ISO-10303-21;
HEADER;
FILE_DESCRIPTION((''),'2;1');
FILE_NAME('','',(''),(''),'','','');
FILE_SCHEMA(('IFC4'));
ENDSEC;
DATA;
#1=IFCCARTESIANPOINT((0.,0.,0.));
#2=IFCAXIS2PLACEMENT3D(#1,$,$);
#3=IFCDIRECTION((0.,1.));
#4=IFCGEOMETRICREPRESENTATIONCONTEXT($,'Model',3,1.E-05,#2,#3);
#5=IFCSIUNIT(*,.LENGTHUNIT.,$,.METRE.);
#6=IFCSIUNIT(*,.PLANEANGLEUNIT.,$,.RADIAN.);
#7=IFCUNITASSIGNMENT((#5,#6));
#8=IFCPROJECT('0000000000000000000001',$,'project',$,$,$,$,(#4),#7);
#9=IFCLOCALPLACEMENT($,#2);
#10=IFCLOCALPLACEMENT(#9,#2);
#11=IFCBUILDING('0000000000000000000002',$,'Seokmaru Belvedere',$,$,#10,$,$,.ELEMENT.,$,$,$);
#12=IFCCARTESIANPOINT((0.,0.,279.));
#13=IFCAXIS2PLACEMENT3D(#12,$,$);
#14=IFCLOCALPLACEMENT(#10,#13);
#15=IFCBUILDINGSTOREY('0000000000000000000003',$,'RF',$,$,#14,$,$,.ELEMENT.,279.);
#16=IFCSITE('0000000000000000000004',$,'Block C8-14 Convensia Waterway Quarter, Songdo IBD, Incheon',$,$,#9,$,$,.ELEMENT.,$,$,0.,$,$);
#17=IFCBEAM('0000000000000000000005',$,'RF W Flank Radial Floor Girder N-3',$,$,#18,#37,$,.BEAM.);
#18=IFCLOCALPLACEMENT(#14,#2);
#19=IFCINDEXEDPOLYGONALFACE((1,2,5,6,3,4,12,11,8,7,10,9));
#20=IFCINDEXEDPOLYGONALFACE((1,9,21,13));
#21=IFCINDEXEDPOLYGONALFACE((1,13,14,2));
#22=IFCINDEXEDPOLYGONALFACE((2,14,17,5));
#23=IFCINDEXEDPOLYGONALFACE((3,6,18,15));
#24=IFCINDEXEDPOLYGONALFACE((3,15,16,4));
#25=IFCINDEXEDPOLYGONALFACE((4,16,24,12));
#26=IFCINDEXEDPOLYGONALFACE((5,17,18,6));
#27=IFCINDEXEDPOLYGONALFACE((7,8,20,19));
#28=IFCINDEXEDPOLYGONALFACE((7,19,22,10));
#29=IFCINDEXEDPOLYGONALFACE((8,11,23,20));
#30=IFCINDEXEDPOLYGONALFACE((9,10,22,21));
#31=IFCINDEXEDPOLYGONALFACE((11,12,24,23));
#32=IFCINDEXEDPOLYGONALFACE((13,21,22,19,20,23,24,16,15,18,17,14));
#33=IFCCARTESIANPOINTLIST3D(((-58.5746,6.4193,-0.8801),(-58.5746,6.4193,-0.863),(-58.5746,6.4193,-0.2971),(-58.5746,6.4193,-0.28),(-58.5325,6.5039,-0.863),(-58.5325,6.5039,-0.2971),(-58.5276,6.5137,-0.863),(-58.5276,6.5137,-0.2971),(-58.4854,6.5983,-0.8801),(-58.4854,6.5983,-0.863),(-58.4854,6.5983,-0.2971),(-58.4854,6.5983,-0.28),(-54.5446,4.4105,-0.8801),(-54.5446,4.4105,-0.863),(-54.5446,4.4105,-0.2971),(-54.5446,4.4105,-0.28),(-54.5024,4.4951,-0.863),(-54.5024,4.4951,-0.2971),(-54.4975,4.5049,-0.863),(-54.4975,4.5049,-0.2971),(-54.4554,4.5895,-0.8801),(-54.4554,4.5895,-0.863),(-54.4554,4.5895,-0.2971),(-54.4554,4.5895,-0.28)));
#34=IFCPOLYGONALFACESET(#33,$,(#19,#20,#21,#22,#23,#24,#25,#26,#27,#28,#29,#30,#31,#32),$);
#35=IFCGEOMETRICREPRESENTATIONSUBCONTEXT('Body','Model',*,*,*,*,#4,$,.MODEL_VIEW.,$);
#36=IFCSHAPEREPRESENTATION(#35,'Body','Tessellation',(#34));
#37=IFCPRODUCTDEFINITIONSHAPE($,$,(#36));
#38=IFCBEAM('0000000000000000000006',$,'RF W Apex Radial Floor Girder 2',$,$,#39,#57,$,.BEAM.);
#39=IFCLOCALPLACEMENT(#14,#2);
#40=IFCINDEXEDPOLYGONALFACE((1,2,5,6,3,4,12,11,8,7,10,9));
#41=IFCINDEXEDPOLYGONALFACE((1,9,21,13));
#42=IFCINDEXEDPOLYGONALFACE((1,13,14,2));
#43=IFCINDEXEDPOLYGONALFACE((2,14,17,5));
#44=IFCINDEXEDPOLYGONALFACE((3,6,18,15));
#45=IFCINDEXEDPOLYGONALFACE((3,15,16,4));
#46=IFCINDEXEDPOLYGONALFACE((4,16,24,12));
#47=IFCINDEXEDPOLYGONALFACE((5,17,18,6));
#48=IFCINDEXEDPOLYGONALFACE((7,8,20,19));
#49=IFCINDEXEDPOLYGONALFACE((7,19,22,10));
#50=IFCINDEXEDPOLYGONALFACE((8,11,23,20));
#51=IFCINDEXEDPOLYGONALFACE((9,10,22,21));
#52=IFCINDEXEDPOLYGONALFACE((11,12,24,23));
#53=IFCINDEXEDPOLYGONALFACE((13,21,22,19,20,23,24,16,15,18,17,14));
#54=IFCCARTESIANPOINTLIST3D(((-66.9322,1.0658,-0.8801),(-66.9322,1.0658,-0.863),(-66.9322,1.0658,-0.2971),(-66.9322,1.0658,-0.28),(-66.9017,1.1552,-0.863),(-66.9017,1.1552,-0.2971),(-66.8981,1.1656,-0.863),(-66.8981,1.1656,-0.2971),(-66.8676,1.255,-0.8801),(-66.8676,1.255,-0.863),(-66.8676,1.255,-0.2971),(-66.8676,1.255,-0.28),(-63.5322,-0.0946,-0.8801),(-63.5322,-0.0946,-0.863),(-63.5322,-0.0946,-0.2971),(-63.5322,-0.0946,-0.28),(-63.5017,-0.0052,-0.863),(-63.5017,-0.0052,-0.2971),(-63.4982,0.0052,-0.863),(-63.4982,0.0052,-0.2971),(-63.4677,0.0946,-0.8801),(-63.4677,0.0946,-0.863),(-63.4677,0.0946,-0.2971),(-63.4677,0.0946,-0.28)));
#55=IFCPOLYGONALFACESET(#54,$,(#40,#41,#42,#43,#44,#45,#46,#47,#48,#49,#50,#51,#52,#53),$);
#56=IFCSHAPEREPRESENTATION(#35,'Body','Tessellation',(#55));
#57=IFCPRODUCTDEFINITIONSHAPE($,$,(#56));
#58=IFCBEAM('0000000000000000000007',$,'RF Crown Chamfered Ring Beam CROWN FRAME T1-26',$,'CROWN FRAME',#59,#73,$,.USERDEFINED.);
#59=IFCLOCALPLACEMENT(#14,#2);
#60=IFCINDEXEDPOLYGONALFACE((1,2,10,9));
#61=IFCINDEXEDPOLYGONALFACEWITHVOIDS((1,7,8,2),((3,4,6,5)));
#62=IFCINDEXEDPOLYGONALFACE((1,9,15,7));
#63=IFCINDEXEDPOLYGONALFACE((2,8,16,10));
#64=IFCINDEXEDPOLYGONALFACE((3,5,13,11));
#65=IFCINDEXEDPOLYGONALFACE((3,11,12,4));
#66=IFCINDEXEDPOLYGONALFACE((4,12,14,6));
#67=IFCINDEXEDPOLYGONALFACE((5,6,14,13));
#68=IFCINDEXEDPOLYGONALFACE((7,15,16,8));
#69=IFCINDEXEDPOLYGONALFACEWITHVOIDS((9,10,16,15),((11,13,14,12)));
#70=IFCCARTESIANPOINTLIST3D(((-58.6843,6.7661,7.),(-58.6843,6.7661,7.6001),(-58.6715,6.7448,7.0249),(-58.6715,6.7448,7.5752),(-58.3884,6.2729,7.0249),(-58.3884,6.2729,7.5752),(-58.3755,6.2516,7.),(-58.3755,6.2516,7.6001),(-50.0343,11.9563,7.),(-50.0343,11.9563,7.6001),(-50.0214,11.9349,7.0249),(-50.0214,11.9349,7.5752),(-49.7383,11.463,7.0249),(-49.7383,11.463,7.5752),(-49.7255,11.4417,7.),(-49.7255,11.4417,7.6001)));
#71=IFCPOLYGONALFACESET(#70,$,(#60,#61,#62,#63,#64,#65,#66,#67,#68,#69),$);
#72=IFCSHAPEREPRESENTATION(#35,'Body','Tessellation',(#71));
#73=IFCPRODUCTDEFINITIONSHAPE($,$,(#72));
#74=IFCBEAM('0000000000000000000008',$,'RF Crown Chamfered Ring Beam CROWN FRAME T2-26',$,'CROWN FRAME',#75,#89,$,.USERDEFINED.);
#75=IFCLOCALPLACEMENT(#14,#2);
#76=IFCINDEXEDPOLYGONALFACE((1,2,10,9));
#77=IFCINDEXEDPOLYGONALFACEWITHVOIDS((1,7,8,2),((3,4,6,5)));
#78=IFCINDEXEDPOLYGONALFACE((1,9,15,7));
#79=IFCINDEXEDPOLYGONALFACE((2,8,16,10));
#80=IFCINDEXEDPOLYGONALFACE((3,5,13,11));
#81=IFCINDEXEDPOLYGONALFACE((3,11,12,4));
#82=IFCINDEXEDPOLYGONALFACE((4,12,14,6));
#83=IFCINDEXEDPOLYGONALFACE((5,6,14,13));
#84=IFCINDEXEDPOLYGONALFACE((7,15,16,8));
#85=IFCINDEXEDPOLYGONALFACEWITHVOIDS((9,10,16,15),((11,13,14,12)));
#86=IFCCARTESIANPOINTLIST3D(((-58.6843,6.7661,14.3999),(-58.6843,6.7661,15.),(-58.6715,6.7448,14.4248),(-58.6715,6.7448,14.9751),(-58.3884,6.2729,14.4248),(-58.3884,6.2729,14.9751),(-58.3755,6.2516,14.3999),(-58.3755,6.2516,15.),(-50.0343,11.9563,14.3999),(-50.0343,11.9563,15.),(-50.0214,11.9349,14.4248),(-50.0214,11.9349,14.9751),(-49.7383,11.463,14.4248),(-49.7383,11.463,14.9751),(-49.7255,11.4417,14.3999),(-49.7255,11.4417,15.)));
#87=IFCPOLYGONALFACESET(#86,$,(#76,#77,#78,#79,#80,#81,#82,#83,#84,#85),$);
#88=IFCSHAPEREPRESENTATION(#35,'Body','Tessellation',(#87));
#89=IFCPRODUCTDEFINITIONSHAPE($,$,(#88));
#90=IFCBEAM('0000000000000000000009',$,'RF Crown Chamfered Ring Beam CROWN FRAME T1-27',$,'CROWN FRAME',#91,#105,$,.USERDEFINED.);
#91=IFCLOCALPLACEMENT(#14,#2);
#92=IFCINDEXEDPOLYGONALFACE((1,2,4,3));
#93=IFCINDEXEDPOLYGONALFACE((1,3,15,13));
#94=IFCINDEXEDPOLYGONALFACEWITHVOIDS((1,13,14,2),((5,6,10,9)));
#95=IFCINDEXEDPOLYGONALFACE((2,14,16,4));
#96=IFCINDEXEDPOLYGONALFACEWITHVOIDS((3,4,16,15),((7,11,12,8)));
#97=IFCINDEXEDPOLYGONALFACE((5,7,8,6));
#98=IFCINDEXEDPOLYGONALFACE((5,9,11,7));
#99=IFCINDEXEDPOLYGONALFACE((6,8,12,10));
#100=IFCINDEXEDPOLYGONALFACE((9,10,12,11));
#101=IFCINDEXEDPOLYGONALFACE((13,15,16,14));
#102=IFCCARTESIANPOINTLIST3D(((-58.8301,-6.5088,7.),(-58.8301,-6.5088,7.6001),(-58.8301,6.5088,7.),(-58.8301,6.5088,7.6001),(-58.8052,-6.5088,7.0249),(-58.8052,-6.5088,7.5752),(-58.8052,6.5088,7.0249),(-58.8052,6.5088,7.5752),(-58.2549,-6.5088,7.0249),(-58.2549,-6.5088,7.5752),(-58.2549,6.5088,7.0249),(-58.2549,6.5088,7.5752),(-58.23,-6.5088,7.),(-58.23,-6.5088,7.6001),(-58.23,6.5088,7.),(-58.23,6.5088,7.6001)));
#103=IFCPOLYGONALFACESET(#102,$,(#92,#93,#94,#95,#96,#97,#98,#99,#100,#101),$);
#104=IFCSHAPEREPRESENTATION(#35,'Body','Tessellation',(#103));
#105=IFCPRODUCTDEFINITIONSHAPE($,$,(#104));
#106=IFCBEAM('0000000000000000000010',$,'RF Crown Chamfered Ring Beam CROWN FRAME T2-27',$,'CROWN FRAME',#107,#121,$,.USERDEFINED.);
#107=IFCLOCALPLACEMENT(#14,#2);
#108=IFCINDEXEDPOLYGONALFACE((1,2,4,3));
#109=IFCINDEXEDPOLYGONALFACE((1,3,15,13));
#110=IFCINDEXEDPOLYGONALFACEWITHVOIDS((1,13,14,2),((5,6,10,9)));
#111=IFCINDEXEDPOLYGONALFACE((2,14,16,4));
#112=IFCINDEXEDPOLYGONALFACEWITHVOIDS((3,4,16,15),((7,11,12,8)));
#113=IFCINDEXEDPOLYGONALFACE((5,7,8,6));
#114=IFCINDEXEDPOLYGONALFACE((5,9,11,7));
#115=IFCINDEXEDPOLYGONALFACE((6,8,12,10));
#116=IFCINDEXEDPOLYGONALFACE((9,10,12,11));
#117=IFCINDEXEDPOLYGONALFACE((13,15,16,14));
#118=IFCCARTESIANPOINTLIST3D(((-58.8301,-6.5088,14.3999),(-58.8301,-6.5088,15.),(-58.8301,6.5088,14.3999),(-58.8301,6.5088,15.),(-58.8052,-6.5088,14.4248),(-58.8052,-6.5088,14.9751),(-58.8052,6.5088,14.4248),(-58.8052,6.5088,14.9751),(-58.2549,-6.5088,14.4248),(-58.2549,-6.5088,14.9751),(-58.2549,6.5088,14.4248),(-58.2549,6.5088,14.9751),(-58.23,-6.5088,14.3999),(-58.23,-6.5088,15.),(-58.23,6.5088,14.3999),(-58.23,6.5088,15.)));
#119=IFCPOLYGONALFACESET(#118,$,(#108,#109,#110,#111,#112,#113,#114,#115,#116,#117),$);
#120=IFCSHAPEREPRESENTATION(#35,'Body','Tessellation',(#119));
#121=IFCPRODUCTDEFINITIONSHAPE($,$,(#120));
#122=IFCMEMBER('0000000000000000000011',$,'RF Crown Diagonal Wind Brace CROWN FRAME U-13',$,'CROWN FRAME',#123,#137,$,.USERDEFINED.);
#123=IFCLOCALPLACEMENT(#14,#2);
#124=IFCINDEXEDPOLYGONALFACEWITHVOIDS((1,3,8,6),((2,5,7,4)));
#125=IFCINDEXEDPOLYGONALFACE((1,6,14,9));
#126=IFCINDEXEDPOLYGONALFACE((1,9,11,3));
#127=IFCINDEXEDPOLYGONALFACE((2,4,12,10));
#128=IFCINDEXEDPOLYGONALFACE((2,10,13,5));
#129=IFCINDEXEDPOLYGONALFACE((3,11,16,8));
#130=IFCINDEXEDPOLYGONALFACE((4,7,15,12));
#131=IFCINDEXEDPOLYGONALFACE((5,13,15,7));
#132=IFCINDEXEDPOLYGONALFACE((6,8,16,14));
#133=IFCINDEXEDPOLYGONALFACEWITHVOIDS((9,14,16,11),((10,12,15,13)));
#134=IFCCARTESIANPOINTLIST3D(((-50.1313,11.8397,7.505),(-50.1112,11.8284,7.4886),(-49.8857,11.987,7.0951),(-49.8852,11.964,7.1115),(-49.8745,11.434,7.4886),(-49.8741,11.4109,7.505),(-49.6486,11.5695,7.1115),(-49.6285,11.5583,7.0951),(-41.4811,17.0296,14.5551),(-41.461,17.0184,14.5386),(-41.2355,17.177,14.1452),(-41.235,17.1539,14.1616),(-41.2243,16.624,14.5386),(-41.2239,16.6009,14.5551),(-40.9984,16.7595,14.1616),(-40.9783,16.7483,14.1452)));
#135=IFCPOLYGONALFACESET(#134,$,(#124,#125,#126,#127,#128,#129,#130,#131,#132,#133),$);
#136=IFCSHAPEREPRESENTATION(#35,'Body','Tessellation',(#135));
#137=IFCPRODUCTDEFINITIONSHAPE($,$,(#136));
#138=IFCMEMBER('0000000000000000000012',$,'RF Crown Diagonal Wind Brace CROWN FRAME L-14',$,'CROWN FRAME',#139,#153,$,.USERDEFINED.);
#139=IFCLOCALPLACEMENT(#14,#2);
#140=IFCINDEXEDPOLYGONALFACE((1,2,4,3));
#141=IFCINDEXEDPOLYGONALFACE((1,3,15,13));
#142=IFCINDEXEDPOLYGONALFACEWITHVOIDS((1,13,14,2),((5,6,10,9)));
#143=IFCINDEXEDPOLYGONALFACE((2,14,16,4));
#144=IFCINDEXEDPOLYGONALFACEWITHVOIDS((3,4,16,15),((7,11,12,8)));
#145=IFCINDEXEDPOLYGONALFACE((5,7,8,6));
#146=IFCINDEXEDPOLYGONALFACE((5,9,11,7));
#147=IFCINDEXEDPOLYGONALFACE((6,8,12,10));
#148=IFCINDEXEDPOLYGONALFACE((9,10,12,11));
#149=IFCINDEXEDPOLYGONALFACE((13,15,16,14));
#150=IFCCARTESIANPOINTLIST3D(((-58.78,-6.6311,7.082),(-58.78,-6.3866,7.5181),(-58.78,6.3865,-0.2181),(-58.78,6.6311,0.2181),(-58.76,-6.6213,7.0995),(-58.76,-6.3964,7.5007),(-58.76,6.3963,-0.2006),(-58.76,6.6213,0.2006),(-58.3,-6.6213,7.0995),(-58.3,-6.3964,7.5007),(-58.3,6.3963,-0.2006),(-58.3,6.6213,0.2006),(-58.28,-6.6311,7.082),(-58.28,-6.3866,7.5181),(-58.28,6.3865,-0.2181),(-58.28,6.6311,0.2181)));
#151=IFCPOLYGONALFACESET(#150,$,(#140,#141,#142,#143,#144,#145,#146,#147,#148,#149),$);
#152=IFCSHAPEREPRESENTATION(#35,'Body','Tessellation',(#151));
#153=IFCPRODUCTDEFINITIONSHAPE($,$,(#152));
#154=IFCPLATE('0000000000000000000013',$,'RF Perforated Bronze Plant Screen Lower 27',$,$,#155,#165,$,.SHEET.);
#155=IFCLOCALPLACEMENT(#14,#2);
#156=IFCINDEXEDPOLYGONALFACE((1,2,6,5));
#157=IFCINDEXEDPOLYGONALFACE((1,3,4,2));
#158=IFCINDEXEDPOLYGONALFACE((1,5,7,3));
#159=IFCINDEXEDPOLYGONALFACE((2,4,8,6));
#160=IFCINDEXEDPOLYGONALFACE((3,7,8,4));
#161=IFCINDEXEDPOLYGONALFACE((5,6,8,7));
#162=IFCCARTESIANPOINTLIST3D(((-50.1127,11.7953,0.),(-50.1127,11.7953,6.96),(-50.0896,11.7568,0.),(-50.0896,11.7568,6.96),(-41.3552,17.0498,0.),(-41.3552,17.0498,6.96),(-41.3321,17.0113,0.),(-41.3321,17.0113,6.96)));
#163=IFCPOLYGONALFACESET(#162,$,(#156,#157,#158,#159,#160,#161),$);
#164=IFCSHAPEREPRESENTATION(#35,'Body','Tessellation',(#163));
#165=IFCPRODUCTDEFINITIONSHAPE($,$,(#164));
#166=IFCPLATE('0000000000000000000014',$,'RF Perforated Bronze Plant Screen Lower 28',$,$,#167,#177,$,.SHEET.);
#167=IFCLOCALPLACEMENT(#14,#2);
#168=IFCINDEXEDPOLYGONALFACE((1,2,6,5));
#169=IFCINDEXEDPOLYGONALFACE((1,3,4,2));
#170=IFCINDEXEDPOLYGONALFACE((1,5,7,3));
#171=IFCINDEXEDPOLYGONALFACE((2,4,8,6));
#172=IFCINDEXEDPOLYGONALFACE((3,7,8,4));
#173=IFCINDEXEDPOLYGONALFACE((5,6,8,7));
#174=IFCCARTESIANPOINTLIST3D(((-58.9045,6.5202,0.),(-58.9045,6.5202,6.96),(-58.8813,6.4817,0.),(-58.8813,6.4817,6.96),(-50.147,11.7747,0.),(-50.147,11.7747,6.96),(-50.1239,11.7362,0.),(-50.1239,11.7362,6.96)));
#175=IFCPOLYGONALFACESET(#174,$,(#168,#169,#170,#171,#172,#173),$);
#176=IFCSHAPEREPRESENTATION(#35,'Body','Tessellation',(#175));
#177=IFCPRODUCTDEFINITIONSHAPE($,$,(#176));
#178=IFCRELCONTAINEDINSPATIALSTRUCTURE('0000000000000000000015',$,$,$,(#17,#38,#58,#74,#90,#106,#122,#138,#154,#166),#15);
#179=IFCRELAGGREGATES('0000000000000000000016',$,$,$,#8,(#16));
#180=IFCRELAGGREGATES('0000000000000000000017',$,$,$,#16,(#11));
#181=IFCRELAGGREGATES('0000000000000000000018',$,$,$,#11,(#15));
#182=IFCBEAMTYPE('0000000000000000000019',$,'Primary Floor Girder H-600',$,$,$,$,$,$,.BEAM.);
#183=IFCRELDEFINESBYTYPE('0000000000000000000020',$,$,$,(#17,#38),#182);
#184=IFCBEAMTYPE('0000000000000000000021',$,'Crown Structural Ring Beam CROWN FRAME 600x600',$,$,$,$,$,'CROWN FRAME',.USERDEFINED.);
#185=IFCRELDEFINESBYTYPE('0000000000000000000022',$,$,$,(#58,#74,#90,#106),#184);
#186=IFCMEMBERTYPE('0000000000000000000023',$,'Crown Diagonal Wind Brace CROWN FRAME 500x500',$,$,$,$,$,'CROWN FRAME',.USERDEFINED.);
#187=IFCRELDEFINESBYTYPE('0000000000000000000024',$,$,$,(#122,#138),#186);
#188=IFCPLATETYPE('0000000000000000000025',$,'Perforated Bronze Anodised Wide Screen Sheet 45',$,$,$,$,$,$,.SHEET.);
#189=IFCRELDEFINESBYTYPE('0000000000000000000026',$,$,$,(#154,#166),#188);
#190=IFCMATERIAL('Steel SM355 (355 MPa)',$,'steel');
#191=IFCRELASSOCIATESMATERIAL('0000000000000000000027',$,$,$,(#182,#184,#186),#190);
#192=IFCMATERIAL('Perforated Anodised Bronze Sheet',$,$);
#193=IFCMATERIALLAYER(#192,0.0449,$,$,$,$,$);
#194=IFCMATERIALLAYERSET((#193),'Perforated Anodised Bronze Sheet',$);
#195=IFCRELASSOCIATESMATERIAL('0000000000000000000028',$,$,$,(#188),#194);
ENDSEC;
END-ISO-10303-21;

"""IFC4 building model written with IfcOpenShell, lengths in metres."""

from ifc_helpers import new_model, si_unit, direction, frame, origin, origin_2d, place, context, subcontext, project, spatial, rectangle, hollow_rectangle, i_section, extrude, source, transform, mapped, material, layer, layer_set, material_profile, profile_set, type_object, type_shapes, element, save


model = new_model("IFC4")

# Units and contexts
model_context = context("Model", 3, precision=1e-05, world=origin(), true_north=direction((0.0, 1.0)))
body_context = subcontext(model_context, "Body", "Model", "MODEL_VIEW")
ifc_project = project(units=[si_unit("LENGTHUNIT", "METRE"), si_unit("PLANEANGLEUNIT", "RADIAN")], contexts=[model_context])

# Site, building, storey
site_placement = place(None, origin())
site = spatial("IfcSite", under=ifc_project, at=site_placement, Name="Block C8-14 Convensia Waterway Quarter, Songdo IBD, Incheon", CompositionType="ELEMENT", RefElevation=0.0)
building_placement = place(site_placement, origin())
building = spatial("IfcBuilding", under=site, at=building_placement, Name="Seokmaru Belvedere", CompositionType="ELEMENT")
storey_placement = place(building_placement, frame((0.0, 0.0, 279.0)))
storey = spatial("IfcBuildingStorey", under=building, at=storey_placement, Name="RF", CompositionType="ELEMENT", Elevation=279.0)

# Shared definitions
ifc_material_1 = material(Name="Steel SM355 (355 MPa)", Category="steel")

# Beams
ifc_material_profile_1 = material_profile(ifc_material_1, i_section(OverallWidth=0.2, OverallDepth=0.6001, WebThickness=0.011, FlangeThickness=0.0171, at=origin_2d()), Name="H-600x200x11x17")
ifc_profile_set_1 = profile_set([ifc_material_profile_1], Name="Steel SM355 (355 MPa)")
beam_type_1 = type_object("IfcBeamType", Name="Primary Floor Girder H-600", PredefinedType="BEAM", material=ifc_profile_set_1)
shared_shape_1 = source(origin(), body_context, "Body", "SweptSolid", [
    extrude(i_section(OverallWidth=0.2, OverallDepth=0.6001, WebThickness=0.011, FlangeThickness=0.0171, at=origin_2d()), origin(), (0.0, 0.0, 1.0), 4.5029),
])
beam_1_placement = place(storey_placement, frame((-58.53, 6.5088, -0.5801), z_axis=(0.89498, -0.446107, 0.0), x_axis=(0.446107, 0.89498, 0.0)))
element("IfcBeam", 1, at=beam_1_placement, inside=storey, type_object=beam_type_1, Name="RF W Flank Radial Floor Girder N-3", PredefinedType="BEAM", context=body_context, shape_type="MappedRepresentation", body=[
    mapped(shared_shape_1, transform((0.0, 0.0, 0.0), scale=1.0)),
])
shared_shape_2 = source(origin(), body_context, "Body", "SweptSolid", [
    extrude(i_section(OverallWidth=0.2, OverallDepth=0.6001, WebThickness=0.011, FlangeThickness=0.0171, at=origin_2d()), origin(), (0.0, 0.0, 1.0), 3.5925),
])
beam_2_placement = place(storey_placement, frame((-66.8999, 1.1604, -0.5801), z_axis=(0.946396, -0.323009, 0.0), x_axis=(0.323009, 0.946396, 0.0)))
element("IfcBeam", 2, at=beam_2_placement, inside=storey, type_object=beam_type_1, Name="RF W Apex Radial Floor Girder 2", PredefinedType="BEAM", context=body_context, shape_type="MappedRepresentation", body=[
    mapped(shared_shape_2, transform((0.0, 0.0, 0.0), scale=1.0)),
])
ifc_material_profile_2 = material_profile(ifc_material_1, hollow_rectangle(XDim=0.6001, YDim=0.6001, WallThickness=0.0249, at=origin_2d()), Name="HSS-600x600x25")
ifc_profile_set_2 = profile_set([ifc_material_profile_2], Name="Steel SM355 (355 MPa)")
beam_type_2 = type_object("IfcBeamType", Name="Crown Structural Ring Beam CROWN FRAME 600x600", ElementType="CROWN FRAME", PredefinedType="USERDEFINED", material=ifc_profile_set_2)
shared_shape_3 = source(origin(), body_context, "Body", "SweptSolid", [
    extrude(hollow_rectangle(XDim=0.6001, YDim=0.6001, WallThickness=0.0249, at=origin_2d()), origin(), (0.0, 0.0, 1.0), 10.0876),
])
for number, where, z_axis, x_axis, name in (
    (3, (-49.8799, 11.699, 7.3), (-0.857489, -0.514503, 0.0), (0.514503, -0.857489, 0.0), "RF Crown Chamfered Ring Beam CROWN FRAME T1-26"),
    (4, (-49.8799, 11.699, 14.7), (-0.857489, -0.514503, 0.0), (0.514503, -0.857489, 0.0), "RF Crown Chamfered Ring Beam CROWN FRAME T2-26"),
):
    element("IfcBeam", number, at=place(storey_placement, frame(where, z_axis=z_axis, x_axis=x_axis)), inside=storey, type_object=beam_type_2, Name=name, ObjectType="CROWN FRAME", PredefinedType="USERDEFINED", context=body_context, shape_type="MappedRepresentation", body=[
        mapped(shared_shape_3, transform((0.0, 0.0, 0.0), scale=1.0)),
    ])
shared_shape_4 = source(origin(), body_context, "Body", "SweptSolid", [
    extrude(hollow_rectangle(XDim=0.6001, YDim=0.6001, WallThickness=0.0249, at=origin_2d()), origin(), (0.0, 0.0, 1.0), 13.0176),
])
type_shapes(beam_type_2, [shared_shape_3, shared_shape_4])
for number, where, z_axis, x_axis, name in (
    (5, (-58.53, 6.5088, 7.3), (0.0, -1.0, 0.0), (1.0, 0.0, 0.0), "RF Crown Chamfered Ring Beam CROWN FRAME T1-27"),
    (6, (-58.53, 6.5088, 14.7), (0.0, -1.0, 0.0), (1.0, 0.0, 0.0), "RF Crown Chamfered Ring Beam CROWN FRAME T2-27"),
):
    element("IfcBeam", number, at=place(storey_placement, frame(where, z_axis=z_axis, x_axis=x_axis)), inside=storey, type_object=beam_type_2, Name=name, ObjectType="CROWN FRAME", PredefinedType="USERDEFINED", context=body_context, shape_type="MappedRepresentation", body=[
        mapped(shared_shape_4, transform((0.0, 0.0, 0.0), scale=1.0)),
    ])

# Members
ifc_material_profile_3 = material_profile(ifc_material_1, hollow_rectangle(XDim=0.5, YDim=0.5, WallThickness=0.02, at=origin_2d()), Name="HSS-500x500x20")
ifc_profile_set_3 = profile_set([ifc_material_profile_3], Name="Steel SM355 (355 MPa)")
member_type = type_object("IfcMemberType", Name="Crown Diagonal Wind Brace CROWN FRAME 500x500", ElementType="CROWN FRAME", PredefinedType="USERDEFINED", material=ifc_profile_set_3)
shared_shape_5 = source(origin(), body_context, "Body", "SweptSolid", [
    extrude(hollow_rectangle(XDim=0.5, YDim=0.5, WallThickness=0.02, at=origin_2d()), origin(), (0.0, 0.0, 1.0), 12.3071),
])
member_1_placement = place(storey_placement, frame((-49.8799, 11.699, 7.3), z_axis=(0.702861, 0.421704, 0.572846), x_axis=(-0.514485, 0.857499, 0.0)))
element("IfcMember", 7, at=member_1_placement, inside=storey, type_object=member_type, Name="RF Crown Diagonal Wind Brace CROWN FRAME U-13", ObjectType="CROWN FRAME", PredefinedType="USERDEFINED", context=body_context, shape_type="MappedRepresentation", body=[
    mapped(shared_shape_5, transform((0.0, 0.0, 0.0), scale=1.0)),
])
shared_shape_6 = source(origin(), body_context, "Body", "SweptSolid", [
    extrude(hollow_rectangle(XDim=0.5, YDim=0.5, WallThickness=0.02, at=origin_2d()), origin(), (0.0, 0.0, 1.0), 14.9248),
])
type_shapes(member_type, [shared_shape_5, shared_shape_6])
member_2_placement = place(storey_placement, frame((-58.53, 6.5088, 0.0), z_axis=(0.0, -0.872214, 0.489124), x_axis=(1.0, 0.0, 0.0)))
element("IfcMember", 8, at=member_2_placement, inside=storey, type_object=member_type, Name="RF Crown Diagonal Wind Brace CROWN FRAME L-14", ObjectType="CROWN FRAME", PredefinedType="USERDEFINED", context=body_context, shape_type="MappedRepresentation", body=[
    mapped(shared_shape_6, transform((0.0, 0.0, 0.0), scale=1.0)),
])

# Plates
ifc_material_2 = material(Name="Perforated Anodised Bronze Sheet")
ifc_layer_1 = layer(ifc_material_2, 0.0449)
ifc_layer_set_1 = layer_set([ifc_layer_1], Name="Perforated Anodised Bronze Sheet")
plate_type_1 = type_object("IfcPlateType", Name="Perforated Bronze Anodised Wide Screen Sheet 45", PredefinedType="SHEET", material=ifc_layer_set_1)
shared_shape_7 = source(origin(), body_context, "Body", "SweptSolid", [
    extrude(rectangle(XDim=10.2129, YDim=0.0449, at=origin_2d()), origin(), (0.0, 0.0, 1.0), 6.96),
])
for number, where, z_axis, x_axis, name in (
    (9, (-45.7224, 14.4033, 0.0), (0.0, 0.0, 1.0), (-0.857493, -0.514496, 0.0), "RF Perforated Bronze Plant Screen Lower 27"),
    (10, (-54.5142, 9.1282, 0.0), (0.0, 0.0, 1.0), (-0.857493, -0.514496, 0.0), "RF Perforated Bronze Plant Screen Lower 28"),
):
    element("IfcPlate", number, at=place(storey_placement, frame(where, z_axis=z_axis, x_axis=x_axis)), inside=storey, type_object=plate_type_1, Name=name, PredefinedType="SHEET", context=body_context, shape_type="MappedRepresentation", body=[
        mapped(shared_shape_7, transform((0.0, 0.0, 0.0), scale=1.0)),
    ])

save(model, "model.ifc")
